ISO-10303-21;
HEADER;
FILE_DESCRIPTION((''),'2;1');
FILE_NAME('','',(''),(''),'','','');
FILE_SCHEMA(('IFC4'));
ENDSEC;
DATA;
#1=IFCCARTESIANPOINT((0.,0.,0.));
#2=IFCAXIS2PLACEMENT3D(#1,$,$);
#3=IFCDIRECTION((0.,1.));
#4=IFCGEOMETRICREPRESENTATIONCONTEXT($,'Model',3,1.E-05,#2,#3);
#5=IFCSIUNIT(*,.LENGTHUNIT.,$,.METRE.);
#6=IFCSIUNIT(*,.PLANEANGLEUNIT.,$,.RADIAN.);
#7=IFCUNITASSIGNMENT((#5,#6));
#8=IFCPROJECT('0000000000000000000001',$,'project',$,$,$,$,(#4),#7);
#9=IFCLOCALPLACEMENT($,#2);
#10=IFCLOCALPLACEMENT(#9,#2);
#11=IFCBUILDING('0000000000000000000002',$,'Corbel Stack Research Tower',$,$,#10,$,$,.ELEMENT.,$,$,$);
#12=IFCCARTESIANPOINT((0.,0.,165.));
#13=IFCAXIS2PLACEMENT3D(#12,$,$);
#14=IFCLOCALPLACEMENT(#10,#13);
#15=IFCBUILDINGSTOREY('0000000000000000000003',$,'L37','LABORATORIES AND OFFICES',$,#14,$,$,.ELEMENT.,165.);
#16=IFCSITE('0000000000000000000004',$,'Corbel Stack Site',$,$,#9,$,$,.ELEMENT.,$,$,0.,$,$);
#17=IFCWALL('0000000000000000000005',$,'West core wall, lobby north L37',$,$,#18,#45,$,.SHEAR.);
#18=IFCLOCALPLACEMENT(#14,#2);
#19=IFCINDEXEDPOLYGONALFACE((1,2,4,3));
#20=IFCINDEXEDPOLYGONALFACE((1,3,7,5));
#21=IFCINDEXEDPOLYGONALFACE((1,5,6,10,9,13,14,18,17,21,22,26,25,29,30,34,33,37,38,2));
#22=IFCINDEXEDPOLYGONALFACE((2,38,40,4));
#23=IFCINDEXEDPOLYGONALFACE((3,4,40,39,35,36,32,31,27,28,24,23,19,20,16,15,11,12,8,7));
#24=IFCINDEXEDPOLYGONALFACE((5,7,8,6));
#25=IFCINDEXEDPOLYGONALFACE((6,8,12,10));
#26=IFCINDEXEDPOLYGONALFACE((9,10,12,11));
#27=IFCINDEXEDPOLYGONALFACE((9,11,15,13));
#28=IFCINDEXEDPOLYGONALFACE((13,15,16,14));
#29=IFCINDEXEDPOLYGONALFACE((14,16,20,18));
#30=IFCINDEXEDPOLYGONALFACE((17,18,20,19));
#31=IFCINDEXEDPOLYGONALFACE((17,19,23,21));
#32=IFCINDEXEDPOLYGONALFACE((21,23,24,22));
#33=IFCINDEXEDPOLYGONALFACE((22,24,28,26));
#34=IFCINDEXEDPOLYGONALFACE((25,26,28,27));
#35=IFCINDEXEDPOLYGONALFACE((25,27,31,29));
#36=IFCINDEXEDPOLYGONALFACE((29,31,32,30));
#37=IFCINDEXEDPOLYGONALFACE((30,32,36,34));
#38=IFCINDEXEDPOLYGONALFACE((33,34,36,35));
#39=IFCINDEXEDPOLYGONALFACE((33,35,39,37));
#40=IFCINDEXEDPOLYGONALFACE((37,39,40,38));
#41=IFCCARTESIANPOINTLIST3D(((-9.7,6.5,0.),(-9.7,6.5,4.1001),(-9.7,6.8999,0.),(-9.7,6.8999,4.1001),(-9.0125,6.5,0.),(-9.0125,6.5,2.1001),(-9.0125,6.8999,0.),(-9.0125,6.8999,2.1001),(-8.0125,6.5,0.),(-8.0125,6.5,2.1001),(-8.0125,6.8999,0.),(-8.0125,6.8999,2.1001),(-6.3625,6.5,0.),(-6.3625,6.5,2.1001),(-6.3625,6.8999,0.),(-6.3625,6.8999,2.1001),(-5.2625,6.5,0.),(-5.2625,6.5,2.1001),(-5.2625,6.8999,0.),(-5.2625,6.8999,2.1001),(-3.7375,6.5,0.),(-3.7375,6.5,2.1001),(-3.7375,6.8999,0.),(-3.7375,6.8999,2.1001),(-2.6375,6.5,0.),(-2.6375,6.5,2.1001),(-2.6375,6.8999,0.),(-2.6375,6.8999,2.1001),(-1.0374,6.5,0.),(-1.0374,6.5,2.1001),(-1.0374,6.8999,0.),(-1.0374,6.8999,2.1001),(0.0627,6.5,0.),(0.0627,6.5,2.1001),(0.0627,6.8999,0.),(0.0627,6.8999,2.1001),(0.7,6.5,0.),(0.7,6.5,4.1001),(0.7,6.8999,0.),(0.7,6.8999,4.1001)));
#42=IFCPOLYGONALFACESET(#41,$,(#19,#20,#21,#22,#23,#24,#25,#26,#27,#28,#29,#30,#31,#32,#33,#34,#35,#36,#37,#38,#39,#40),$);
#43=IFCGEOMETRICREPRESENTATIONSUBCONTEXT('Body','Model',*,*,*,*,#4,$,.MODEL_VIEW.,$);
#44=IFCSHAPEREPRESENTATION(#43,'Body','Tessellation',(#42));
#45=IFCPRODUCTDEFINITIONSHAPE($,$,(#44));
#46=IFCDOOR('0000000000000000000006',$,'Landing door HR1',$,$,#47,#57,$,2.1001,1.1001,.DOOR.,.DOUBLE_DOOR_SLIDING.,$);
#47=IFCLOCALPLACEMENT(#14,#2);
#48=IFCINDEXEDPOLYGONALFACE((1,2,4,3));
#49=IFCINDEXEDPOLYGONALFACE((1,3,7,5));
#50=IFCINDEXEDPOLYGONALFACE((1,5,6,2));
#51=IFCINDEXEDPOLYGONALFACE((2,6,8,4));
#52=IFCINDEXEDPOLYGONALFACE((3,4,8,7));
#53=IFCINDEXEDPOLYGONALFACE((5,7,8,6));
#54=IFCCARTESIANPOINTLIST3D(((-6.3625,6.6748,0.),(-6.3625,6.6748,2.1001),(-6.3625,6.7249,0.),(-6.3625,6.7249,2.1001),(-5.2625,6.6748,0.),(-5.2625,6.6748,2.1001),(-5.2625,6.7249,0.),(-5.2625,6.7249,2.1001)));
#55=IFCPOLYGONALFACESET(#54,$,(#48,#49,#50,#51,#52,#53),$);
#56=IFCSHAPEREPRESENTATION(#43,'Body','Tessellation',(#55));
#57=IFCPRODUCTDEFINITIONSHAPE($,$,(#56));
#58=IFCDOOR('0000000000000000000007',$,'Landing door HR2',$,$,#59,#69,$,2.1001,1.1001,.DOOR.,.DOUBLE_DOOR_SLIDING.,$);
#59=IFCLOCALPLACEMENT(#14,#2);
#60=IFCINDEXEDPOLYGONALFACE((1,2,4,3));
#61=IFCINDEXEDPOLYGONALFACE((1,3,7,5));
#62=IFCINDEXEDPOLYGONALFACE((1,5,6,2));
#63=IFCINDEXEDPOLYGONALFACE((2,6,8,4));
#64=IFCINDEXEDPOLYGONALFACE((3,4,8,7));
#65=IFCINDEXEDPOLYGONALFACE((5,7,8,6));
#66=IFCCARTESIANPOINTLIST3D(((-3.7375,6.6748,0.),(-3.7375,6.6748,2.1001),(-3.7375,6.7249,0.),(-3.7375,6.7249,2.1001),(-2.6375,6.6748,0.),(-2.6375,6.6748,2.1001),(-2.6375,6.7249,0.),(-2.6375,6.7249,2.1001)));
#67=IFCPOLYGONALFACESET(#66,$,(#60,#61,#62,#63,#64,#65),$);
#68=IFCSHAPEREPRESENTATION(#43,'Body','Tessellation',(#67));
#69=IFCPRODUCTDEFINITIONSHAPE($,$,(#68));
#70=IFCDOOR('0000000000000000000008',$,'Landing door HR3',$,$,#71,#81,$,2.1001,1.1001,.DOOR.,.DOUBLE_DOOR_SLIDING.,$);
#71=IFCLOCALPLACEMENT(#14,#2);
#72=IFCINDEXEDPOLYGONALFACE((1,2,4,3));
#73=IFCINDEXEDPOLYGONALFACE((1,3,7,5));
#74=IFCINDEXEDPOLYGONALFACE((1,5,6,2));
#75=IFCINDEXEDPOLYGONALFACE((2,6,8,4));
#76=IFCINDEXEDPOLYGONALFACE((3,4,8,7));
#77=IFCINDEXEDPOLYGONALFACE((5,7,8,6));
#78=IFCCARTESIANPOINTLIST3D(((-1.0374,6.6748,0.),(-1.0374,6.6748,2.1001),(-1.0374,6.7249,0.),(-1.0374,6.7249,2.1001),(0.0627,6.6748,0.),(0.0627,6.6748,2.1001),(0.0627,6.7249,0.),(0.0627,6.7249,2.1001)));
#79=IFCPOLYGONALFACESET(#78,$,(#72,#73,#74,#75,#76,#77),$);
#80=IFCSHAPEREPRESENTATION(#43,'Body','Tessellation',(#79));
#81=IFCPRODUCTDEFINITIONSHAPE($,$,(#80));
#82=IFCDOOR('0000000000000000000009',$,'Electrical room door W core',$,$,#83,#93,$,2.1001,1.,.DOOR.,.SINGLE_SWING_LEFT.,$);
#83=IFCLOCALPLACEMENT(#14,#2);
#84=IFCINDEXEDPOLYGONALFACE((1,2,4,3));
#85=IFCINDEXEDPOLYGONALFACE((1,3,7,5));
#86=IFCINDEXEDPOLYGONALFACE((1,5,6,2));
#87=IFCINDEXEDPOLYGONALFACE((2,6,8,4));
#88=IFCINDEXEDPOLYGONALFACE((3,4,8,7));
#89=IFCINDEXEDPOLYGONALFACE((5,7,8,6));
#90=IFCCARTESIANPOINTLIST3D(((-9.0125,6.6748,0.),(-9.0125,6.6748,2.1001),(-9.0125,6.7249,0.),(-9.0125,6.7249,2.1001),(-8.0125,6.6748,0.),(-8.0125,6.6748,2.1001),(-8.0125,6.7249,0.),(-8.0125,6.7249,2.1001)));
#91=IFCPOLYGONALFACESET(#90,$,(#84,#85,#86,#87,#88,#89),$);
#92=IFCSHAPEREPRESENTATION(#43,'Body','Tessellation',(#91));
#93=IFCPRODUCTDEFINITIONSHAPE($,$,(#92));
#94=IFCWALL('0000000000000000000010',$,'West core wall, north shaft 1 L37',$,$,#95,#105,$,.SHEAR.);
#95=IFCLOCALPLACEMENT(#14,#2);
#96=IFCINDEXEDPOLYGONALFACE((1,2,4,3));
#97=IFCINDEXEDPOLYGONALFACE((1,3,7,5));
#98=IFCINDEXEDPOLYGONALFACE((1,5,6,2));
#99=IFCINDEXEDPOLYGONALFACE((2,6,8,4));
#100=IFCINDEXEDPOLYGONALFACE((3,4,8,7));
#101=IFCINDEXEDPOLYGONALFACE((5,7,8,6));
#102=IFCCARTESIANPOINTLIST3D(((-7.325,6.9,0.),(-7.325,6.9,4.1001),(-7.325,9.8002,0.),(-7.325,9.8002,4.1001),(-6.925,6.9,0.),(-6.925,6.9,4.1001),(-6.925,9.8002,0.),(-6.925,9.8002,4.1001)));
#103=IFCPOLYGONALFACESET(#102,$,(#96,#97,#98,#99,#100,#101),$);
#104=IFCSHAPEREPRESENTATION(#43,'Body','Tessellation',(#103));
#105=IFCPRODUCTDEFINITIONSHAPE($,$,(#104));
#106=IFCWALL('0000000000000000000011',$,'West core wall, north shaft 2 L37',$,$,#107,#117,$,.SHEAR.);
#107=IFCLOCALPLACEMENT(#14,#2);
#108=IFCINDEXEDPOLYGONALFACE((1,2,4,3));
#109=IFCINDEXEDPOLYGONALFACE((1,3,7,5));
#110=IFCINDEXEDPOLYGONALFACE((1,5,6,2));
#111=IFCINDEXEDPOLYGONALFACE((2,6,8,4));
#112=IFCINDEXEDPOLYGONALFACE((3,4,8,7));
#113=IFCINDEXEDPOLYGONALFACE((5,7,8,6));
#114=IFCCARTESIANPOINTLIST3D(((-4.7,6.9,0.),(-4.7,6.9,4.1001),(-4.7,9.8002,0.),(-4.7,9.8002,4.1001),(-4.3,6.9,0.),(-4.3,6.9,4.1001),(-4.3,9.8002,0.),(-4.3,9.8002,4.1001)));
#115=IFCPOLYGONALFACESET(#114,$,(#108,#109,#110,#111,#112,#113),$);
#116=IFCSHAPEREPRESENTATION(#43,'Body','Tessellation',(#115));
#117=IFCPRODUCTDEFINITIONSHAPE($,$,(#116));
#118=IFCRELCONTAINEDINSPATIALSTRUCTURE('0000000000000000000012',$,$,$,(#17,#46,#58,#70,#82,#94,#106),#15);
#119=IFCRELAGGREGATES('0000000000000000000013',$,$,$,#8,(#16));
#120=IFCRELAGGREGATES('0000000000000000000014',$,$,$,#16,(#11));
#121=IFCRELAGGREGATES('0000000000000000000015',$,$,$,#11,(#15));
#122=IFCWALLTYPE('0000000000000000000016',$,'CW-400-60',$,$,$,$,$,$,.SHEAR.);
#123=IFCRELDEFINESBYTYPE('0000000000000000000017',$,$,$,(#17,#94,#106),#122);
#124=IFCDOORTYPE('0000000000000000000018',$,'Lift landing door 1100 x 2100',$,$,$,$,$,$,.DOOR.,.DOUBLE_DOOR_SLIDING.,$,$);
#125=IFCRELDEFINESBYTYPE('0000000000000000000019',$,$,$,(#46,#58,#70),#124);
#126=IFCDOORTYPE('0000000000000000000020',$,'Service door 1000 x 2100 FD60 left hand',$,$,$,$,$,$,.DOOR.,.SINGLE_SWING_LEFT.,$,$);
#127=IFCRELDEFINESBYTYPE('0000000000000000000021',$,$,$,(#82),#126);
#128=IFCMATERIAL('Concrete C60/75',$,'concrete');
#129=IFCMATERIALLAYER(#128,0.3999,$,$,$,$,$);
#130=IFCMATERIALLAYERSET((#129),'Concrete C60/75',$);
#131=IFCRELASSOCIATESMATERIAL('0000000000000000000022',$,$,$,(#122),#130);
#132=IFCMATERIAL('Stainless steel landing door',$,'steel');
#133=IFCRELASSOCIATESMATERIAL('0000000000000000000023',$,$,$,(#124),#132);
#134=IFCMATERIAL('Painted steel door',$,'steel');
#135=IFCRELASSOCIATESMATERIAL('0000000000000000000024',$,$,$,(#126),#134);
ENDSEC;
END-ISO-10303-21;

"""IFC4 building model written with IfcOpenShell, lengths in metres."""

from ifc_helpers import new_model, si_unit, direction, frame, frame_2d, origin, place, context, subcontext, project, spatial, rectangle, extrude, material, layer, layer_set, type_object, element, fill, save


model = new_model("IFC4")

# Units and contexts
model_context = context("Model", 3, precision=1e-05, world=origin(), true_north=direction((0.0, 1.0)))
body_context = subcontext(model_context, "Body", "Model", "MODEL_VIEW")
ifc_project = project(units=[si_unit("LENGTHUNIT", "METRE"), si_unit("PLANEANGLEUNIT", "RADIAN")], contexts=[model_context])

# Site, building, storey
site_placement = place(None, origin())
site = spatial("IfcSite", under=ifc_project, at=site_placement, Name="Corbel Stack Site", CompositionType="ELEMENT", RefElevation=0.0)
building_placement = place(site_placement, origin())
building = spatial("IfcBuilding", under=site, at=building_placement, Name="Corbel Stack Research Tower", CompositionType="ELEMENT")
storey_placement = place(building_placement, frame((0.0, 0.0, 165.0)))
storey = spatial("IfcBuildingStorey", under=building, at=storey_placement, Name="L37", Description="LABORATORIES AND OFFICES", CompositionType="ELEMENT", Elevation=165.0)

# Wall, openings, doors
ifc_material_1 = material(Name="Concrete C60/75", Category="concrete")
ifc_layer_1 = layer(ifc_material_1, 0.3999)
ifc_layer_set_1 = layer_set([ifc_layer_1], Name="Concrete C60/75")
wall_type = type_object("IfcWallType", Name="CW-400-60", PredefinedType="SHEAR", material=ifc_layer_set_1)
ifc_material_2 = material(Name="Stainless steel landing door", Category="steel")
door_type_1 = type_object("IfcDoorType", Name="Lift landing door 1100 x 2100", OperationType="DOUBLE_DOOR_SLIDING", PredefinedType="DOOR", material=ifc_material_2)
ifc_material_3 = material(Name="Painted steel door", Category="steel")
door_type_2 = type_object("IfcDoorType", Name="Service door 1000 x 2100 FD60 left hand", OperationType="SINGLE_SWING_LEFT", PredefinedType="DOOR", material=ifc_material_3)
wall_1_placement = place(storey_placement, frame((-9.7, 6.7, 0.0), z_axis=(0.0, 0.0, 1.0), x_axis=(1.0, 0.0, 0.0)))
wall_1 = element("IfcWall", 1, at=wall_1_placement, inside=storey, type_object=wall_type, Name="West core wall, lobby north L37", PredefinedType="SHEAR", context=body_context, shape_type="SweptSolid", body=[
    extrude(rectangle(XDim=10.3999, YDim=0.3999, at=frame_2d((5.2, 0.0))), origin(), (0.0, 0.0, 1.0), 4.1001),
])
opening_1_placement = place(wall_1_placement, frame((3.3374, 0.0, 0.0)))
opening_1 = element("IfcOpeningElement", 2, at=opening_1_placement, cuts=wall_1, PredefinedType="OPENING", context=body_context, shape_type="SweptSolid", body=[
    extrude(rectangle(XDim=1.1001, YDim=2.1001, at=frame_2d((0.55, 1.05))), frame((0.0, 0.21, 0.0), z_axis=(0.0, -1.0, 0.0), x_axis=(1.0, 0.0, 0.0)), (0.0, 0.0, 1.0), 0.4199),
])
opening_2_placement = place(wall_1_placement, frame((5.9624, 0.0, 0.0)))
opening_2 = element("IfcOpeningElement", 3, at=opening_2_placement, cuts=wall_1, PredefinedType="OPENING", context=body_context, shape_type="SweptSolid", body=[
    extrude(rectangle(XDim=1.1001, YDim=2.1001, at=frame_2d((0.55, 1.05))), frame((0.0, 0.21, 0.0), z_axis=(0.0, -1.0, 0.0), x_axis=(1.0, 0.0, 0.0)), (0.0, 0.0, 1.0), 0.4199),
])
opening_3_placement = place(wall_1_placement, frame((8.6626, 0.0, 0.0)))
opening_3 = element("IfcOpeningElement", 4, at=opening_3_placement, cuts=wall_1, PredefinedType="OPENING", context=body_context, shape_type="SweptSolid", body=[
    extrude(rectangle(XDim=1.1001, YDim=2.1001, at=frame_2d((0.55, 1.05))), frame((0.0, 0.21, 0.0), z_axis=(0.0, -1.0, 0.0), x_axis=(1.0, 0.0, 0.0)), (0.0, 0.0, 1.0), 0.4199),
])
opening_4_placement = place(wall_1_placement, frame((0.6875, 0.0, 0.0)))
opening_4 = element("IfcOpeningElement", 5, at=opening_4_placement, cuts=wall_1, PredefinedType="OPENING", context=body_context, shape_type="SweptSolid", body=[
    extrude(rectangle(XDim=1.0, YDim=2.1001, at=frame_2d((0.5, 1.05))), frame((0.0, 0.21, 0.0), z_axis=(0.0, -1.0, 0.0), x_axis=(1.0, 0.0, 0.0)), (0.0, 0.0, 1.0), 0.4199),
])
door_1_placement = place(opening_1_placement, origin())
door_1 = element("IfcDoor", 6, at=door_1_placement, inside=storey, type_object=door_type_1, Name="Landing door HR1", OperationType="DOUBLE_DOOR_SLIDING", OverallHeight=2.1001, OverallWidth=1.1001, PredefinedType="DOOR", context=body_context, shape_type="SweptSolid", body=[
    extrude(rectangle(XDim=1.1001, YDim=2.1001, at=frame_2d((0.55, 1.05))), frame((0.0, 0.0249, 0.0), z_axis=(0.0, -1.0, 0.0), x_axis=(1.0, 0.0, 0.0)), (0.0, 0.0, 1.0), 0.05),
])
fill(opening_1, door_1)
door_2_placement = place(opening_2_placement, origin())
door_2 = element("IfcDoor", 7, at=door_2_placement, inside=storey, type_object=door_type_1, Name="Landing door HR2", OperationType="DOUBLE_DOOR_SLIDING", OverallHeight=2.1001, OverallWidth=1.1001, PredefinedType="DOOR", context=body_context, shape_type="SweptSolid", body=[
    extrude(rectangle(XDim=1.1001, YDim=2.1001, at=frame_2d((0.55, 1.05))), frame((0.0, 0.0249, 0.0), z_axis=(0.0, -1.0, 0.0), x_axis=(1.0, 0.0, 0.0)), (0.0, 0.0, 1.0), 0.05),
])
fill(opening_2, door_2)
door_3_placement = place(opening_3_placement, origin())
door_3 = element("IfcDoor", 8, at=door_3_placement, inside=storey, type_object=door_type_1, Name="Landing door HR3", OperationType="DOUBLE_DOOR_SLIDING", OverallHeight=2.1001, OverallWidth=1.1001, PredefinedType="DOOR", context=body_context, shape_type="SweptSolid", body=[
    extrude(rectangle(XDim=1.1001, YDim=2.1001, at=frame_2d((0.55, 1.05))), frame((0.0, 0.0249, 0.0), z_axis=(0.0, -1.0, 0.0), x_axis=(1.0, 0.0, 0.0)), (0.0, 0.0, 1.0), 0.05),
])
fill(opening_3, door_3)
door_4_placement = place(opening_4_placement, origin())
door_4 = element("IfcDoor", 9, at=door_4_placement, inside=storey, type_object=door_type_2, Name="Electrical room door W core", OperationType="SINGLE_SWING_LEFT", OverallHeight=2.1001, OverallWidth=1.0, PredefinedType="DOOR", context=body_context, shape_type="SweptSolid", body=[
    extrude(rectangle(XDim=1.0, YDim=2.1001, at=frame_2d((0.5, 1.05))), frame((0.0, 0.0249, 0.0), z_axis=(0.0, -1.0, 0.0), x_axis=(1.0, 0.0, 0.0)), (0.0, 0.0, 1.0), 0.05),
])
fill(opening_4, door_4)

# Walls
for number, where, z_axis, x_axis, name in (
    (10, (-7.125, 6.8999, 0.0), (0.0, 0.0, 1.0), (0.0, 1.0, 0.0), "West core wall, north shaft 1 L37"),
    (11, (-4.5, 6.8999, 0.0), (0.0, 0.0, 1.0), (0.0, 1.0, 0.0), "West core wall, north shaft 2 L37"),
):
    element("IfcWall", number, at=place(storey_placement, frame(where, z_axis=z_axis, x_axis=x_axis)), inside=storey, type_object=wall_type, Name=name, PredefinedType="SHEAR", context=body_context, shape_type="SweptSolid", body=[
        extrude(rectangle(XDim=2.9001, YDim=0.3999, at=frame_2d((1.4502, 0.0))), origin(), (0.0, 0.0, 1.0), 4.1001),
    ])

save(model, "model.ifc")
